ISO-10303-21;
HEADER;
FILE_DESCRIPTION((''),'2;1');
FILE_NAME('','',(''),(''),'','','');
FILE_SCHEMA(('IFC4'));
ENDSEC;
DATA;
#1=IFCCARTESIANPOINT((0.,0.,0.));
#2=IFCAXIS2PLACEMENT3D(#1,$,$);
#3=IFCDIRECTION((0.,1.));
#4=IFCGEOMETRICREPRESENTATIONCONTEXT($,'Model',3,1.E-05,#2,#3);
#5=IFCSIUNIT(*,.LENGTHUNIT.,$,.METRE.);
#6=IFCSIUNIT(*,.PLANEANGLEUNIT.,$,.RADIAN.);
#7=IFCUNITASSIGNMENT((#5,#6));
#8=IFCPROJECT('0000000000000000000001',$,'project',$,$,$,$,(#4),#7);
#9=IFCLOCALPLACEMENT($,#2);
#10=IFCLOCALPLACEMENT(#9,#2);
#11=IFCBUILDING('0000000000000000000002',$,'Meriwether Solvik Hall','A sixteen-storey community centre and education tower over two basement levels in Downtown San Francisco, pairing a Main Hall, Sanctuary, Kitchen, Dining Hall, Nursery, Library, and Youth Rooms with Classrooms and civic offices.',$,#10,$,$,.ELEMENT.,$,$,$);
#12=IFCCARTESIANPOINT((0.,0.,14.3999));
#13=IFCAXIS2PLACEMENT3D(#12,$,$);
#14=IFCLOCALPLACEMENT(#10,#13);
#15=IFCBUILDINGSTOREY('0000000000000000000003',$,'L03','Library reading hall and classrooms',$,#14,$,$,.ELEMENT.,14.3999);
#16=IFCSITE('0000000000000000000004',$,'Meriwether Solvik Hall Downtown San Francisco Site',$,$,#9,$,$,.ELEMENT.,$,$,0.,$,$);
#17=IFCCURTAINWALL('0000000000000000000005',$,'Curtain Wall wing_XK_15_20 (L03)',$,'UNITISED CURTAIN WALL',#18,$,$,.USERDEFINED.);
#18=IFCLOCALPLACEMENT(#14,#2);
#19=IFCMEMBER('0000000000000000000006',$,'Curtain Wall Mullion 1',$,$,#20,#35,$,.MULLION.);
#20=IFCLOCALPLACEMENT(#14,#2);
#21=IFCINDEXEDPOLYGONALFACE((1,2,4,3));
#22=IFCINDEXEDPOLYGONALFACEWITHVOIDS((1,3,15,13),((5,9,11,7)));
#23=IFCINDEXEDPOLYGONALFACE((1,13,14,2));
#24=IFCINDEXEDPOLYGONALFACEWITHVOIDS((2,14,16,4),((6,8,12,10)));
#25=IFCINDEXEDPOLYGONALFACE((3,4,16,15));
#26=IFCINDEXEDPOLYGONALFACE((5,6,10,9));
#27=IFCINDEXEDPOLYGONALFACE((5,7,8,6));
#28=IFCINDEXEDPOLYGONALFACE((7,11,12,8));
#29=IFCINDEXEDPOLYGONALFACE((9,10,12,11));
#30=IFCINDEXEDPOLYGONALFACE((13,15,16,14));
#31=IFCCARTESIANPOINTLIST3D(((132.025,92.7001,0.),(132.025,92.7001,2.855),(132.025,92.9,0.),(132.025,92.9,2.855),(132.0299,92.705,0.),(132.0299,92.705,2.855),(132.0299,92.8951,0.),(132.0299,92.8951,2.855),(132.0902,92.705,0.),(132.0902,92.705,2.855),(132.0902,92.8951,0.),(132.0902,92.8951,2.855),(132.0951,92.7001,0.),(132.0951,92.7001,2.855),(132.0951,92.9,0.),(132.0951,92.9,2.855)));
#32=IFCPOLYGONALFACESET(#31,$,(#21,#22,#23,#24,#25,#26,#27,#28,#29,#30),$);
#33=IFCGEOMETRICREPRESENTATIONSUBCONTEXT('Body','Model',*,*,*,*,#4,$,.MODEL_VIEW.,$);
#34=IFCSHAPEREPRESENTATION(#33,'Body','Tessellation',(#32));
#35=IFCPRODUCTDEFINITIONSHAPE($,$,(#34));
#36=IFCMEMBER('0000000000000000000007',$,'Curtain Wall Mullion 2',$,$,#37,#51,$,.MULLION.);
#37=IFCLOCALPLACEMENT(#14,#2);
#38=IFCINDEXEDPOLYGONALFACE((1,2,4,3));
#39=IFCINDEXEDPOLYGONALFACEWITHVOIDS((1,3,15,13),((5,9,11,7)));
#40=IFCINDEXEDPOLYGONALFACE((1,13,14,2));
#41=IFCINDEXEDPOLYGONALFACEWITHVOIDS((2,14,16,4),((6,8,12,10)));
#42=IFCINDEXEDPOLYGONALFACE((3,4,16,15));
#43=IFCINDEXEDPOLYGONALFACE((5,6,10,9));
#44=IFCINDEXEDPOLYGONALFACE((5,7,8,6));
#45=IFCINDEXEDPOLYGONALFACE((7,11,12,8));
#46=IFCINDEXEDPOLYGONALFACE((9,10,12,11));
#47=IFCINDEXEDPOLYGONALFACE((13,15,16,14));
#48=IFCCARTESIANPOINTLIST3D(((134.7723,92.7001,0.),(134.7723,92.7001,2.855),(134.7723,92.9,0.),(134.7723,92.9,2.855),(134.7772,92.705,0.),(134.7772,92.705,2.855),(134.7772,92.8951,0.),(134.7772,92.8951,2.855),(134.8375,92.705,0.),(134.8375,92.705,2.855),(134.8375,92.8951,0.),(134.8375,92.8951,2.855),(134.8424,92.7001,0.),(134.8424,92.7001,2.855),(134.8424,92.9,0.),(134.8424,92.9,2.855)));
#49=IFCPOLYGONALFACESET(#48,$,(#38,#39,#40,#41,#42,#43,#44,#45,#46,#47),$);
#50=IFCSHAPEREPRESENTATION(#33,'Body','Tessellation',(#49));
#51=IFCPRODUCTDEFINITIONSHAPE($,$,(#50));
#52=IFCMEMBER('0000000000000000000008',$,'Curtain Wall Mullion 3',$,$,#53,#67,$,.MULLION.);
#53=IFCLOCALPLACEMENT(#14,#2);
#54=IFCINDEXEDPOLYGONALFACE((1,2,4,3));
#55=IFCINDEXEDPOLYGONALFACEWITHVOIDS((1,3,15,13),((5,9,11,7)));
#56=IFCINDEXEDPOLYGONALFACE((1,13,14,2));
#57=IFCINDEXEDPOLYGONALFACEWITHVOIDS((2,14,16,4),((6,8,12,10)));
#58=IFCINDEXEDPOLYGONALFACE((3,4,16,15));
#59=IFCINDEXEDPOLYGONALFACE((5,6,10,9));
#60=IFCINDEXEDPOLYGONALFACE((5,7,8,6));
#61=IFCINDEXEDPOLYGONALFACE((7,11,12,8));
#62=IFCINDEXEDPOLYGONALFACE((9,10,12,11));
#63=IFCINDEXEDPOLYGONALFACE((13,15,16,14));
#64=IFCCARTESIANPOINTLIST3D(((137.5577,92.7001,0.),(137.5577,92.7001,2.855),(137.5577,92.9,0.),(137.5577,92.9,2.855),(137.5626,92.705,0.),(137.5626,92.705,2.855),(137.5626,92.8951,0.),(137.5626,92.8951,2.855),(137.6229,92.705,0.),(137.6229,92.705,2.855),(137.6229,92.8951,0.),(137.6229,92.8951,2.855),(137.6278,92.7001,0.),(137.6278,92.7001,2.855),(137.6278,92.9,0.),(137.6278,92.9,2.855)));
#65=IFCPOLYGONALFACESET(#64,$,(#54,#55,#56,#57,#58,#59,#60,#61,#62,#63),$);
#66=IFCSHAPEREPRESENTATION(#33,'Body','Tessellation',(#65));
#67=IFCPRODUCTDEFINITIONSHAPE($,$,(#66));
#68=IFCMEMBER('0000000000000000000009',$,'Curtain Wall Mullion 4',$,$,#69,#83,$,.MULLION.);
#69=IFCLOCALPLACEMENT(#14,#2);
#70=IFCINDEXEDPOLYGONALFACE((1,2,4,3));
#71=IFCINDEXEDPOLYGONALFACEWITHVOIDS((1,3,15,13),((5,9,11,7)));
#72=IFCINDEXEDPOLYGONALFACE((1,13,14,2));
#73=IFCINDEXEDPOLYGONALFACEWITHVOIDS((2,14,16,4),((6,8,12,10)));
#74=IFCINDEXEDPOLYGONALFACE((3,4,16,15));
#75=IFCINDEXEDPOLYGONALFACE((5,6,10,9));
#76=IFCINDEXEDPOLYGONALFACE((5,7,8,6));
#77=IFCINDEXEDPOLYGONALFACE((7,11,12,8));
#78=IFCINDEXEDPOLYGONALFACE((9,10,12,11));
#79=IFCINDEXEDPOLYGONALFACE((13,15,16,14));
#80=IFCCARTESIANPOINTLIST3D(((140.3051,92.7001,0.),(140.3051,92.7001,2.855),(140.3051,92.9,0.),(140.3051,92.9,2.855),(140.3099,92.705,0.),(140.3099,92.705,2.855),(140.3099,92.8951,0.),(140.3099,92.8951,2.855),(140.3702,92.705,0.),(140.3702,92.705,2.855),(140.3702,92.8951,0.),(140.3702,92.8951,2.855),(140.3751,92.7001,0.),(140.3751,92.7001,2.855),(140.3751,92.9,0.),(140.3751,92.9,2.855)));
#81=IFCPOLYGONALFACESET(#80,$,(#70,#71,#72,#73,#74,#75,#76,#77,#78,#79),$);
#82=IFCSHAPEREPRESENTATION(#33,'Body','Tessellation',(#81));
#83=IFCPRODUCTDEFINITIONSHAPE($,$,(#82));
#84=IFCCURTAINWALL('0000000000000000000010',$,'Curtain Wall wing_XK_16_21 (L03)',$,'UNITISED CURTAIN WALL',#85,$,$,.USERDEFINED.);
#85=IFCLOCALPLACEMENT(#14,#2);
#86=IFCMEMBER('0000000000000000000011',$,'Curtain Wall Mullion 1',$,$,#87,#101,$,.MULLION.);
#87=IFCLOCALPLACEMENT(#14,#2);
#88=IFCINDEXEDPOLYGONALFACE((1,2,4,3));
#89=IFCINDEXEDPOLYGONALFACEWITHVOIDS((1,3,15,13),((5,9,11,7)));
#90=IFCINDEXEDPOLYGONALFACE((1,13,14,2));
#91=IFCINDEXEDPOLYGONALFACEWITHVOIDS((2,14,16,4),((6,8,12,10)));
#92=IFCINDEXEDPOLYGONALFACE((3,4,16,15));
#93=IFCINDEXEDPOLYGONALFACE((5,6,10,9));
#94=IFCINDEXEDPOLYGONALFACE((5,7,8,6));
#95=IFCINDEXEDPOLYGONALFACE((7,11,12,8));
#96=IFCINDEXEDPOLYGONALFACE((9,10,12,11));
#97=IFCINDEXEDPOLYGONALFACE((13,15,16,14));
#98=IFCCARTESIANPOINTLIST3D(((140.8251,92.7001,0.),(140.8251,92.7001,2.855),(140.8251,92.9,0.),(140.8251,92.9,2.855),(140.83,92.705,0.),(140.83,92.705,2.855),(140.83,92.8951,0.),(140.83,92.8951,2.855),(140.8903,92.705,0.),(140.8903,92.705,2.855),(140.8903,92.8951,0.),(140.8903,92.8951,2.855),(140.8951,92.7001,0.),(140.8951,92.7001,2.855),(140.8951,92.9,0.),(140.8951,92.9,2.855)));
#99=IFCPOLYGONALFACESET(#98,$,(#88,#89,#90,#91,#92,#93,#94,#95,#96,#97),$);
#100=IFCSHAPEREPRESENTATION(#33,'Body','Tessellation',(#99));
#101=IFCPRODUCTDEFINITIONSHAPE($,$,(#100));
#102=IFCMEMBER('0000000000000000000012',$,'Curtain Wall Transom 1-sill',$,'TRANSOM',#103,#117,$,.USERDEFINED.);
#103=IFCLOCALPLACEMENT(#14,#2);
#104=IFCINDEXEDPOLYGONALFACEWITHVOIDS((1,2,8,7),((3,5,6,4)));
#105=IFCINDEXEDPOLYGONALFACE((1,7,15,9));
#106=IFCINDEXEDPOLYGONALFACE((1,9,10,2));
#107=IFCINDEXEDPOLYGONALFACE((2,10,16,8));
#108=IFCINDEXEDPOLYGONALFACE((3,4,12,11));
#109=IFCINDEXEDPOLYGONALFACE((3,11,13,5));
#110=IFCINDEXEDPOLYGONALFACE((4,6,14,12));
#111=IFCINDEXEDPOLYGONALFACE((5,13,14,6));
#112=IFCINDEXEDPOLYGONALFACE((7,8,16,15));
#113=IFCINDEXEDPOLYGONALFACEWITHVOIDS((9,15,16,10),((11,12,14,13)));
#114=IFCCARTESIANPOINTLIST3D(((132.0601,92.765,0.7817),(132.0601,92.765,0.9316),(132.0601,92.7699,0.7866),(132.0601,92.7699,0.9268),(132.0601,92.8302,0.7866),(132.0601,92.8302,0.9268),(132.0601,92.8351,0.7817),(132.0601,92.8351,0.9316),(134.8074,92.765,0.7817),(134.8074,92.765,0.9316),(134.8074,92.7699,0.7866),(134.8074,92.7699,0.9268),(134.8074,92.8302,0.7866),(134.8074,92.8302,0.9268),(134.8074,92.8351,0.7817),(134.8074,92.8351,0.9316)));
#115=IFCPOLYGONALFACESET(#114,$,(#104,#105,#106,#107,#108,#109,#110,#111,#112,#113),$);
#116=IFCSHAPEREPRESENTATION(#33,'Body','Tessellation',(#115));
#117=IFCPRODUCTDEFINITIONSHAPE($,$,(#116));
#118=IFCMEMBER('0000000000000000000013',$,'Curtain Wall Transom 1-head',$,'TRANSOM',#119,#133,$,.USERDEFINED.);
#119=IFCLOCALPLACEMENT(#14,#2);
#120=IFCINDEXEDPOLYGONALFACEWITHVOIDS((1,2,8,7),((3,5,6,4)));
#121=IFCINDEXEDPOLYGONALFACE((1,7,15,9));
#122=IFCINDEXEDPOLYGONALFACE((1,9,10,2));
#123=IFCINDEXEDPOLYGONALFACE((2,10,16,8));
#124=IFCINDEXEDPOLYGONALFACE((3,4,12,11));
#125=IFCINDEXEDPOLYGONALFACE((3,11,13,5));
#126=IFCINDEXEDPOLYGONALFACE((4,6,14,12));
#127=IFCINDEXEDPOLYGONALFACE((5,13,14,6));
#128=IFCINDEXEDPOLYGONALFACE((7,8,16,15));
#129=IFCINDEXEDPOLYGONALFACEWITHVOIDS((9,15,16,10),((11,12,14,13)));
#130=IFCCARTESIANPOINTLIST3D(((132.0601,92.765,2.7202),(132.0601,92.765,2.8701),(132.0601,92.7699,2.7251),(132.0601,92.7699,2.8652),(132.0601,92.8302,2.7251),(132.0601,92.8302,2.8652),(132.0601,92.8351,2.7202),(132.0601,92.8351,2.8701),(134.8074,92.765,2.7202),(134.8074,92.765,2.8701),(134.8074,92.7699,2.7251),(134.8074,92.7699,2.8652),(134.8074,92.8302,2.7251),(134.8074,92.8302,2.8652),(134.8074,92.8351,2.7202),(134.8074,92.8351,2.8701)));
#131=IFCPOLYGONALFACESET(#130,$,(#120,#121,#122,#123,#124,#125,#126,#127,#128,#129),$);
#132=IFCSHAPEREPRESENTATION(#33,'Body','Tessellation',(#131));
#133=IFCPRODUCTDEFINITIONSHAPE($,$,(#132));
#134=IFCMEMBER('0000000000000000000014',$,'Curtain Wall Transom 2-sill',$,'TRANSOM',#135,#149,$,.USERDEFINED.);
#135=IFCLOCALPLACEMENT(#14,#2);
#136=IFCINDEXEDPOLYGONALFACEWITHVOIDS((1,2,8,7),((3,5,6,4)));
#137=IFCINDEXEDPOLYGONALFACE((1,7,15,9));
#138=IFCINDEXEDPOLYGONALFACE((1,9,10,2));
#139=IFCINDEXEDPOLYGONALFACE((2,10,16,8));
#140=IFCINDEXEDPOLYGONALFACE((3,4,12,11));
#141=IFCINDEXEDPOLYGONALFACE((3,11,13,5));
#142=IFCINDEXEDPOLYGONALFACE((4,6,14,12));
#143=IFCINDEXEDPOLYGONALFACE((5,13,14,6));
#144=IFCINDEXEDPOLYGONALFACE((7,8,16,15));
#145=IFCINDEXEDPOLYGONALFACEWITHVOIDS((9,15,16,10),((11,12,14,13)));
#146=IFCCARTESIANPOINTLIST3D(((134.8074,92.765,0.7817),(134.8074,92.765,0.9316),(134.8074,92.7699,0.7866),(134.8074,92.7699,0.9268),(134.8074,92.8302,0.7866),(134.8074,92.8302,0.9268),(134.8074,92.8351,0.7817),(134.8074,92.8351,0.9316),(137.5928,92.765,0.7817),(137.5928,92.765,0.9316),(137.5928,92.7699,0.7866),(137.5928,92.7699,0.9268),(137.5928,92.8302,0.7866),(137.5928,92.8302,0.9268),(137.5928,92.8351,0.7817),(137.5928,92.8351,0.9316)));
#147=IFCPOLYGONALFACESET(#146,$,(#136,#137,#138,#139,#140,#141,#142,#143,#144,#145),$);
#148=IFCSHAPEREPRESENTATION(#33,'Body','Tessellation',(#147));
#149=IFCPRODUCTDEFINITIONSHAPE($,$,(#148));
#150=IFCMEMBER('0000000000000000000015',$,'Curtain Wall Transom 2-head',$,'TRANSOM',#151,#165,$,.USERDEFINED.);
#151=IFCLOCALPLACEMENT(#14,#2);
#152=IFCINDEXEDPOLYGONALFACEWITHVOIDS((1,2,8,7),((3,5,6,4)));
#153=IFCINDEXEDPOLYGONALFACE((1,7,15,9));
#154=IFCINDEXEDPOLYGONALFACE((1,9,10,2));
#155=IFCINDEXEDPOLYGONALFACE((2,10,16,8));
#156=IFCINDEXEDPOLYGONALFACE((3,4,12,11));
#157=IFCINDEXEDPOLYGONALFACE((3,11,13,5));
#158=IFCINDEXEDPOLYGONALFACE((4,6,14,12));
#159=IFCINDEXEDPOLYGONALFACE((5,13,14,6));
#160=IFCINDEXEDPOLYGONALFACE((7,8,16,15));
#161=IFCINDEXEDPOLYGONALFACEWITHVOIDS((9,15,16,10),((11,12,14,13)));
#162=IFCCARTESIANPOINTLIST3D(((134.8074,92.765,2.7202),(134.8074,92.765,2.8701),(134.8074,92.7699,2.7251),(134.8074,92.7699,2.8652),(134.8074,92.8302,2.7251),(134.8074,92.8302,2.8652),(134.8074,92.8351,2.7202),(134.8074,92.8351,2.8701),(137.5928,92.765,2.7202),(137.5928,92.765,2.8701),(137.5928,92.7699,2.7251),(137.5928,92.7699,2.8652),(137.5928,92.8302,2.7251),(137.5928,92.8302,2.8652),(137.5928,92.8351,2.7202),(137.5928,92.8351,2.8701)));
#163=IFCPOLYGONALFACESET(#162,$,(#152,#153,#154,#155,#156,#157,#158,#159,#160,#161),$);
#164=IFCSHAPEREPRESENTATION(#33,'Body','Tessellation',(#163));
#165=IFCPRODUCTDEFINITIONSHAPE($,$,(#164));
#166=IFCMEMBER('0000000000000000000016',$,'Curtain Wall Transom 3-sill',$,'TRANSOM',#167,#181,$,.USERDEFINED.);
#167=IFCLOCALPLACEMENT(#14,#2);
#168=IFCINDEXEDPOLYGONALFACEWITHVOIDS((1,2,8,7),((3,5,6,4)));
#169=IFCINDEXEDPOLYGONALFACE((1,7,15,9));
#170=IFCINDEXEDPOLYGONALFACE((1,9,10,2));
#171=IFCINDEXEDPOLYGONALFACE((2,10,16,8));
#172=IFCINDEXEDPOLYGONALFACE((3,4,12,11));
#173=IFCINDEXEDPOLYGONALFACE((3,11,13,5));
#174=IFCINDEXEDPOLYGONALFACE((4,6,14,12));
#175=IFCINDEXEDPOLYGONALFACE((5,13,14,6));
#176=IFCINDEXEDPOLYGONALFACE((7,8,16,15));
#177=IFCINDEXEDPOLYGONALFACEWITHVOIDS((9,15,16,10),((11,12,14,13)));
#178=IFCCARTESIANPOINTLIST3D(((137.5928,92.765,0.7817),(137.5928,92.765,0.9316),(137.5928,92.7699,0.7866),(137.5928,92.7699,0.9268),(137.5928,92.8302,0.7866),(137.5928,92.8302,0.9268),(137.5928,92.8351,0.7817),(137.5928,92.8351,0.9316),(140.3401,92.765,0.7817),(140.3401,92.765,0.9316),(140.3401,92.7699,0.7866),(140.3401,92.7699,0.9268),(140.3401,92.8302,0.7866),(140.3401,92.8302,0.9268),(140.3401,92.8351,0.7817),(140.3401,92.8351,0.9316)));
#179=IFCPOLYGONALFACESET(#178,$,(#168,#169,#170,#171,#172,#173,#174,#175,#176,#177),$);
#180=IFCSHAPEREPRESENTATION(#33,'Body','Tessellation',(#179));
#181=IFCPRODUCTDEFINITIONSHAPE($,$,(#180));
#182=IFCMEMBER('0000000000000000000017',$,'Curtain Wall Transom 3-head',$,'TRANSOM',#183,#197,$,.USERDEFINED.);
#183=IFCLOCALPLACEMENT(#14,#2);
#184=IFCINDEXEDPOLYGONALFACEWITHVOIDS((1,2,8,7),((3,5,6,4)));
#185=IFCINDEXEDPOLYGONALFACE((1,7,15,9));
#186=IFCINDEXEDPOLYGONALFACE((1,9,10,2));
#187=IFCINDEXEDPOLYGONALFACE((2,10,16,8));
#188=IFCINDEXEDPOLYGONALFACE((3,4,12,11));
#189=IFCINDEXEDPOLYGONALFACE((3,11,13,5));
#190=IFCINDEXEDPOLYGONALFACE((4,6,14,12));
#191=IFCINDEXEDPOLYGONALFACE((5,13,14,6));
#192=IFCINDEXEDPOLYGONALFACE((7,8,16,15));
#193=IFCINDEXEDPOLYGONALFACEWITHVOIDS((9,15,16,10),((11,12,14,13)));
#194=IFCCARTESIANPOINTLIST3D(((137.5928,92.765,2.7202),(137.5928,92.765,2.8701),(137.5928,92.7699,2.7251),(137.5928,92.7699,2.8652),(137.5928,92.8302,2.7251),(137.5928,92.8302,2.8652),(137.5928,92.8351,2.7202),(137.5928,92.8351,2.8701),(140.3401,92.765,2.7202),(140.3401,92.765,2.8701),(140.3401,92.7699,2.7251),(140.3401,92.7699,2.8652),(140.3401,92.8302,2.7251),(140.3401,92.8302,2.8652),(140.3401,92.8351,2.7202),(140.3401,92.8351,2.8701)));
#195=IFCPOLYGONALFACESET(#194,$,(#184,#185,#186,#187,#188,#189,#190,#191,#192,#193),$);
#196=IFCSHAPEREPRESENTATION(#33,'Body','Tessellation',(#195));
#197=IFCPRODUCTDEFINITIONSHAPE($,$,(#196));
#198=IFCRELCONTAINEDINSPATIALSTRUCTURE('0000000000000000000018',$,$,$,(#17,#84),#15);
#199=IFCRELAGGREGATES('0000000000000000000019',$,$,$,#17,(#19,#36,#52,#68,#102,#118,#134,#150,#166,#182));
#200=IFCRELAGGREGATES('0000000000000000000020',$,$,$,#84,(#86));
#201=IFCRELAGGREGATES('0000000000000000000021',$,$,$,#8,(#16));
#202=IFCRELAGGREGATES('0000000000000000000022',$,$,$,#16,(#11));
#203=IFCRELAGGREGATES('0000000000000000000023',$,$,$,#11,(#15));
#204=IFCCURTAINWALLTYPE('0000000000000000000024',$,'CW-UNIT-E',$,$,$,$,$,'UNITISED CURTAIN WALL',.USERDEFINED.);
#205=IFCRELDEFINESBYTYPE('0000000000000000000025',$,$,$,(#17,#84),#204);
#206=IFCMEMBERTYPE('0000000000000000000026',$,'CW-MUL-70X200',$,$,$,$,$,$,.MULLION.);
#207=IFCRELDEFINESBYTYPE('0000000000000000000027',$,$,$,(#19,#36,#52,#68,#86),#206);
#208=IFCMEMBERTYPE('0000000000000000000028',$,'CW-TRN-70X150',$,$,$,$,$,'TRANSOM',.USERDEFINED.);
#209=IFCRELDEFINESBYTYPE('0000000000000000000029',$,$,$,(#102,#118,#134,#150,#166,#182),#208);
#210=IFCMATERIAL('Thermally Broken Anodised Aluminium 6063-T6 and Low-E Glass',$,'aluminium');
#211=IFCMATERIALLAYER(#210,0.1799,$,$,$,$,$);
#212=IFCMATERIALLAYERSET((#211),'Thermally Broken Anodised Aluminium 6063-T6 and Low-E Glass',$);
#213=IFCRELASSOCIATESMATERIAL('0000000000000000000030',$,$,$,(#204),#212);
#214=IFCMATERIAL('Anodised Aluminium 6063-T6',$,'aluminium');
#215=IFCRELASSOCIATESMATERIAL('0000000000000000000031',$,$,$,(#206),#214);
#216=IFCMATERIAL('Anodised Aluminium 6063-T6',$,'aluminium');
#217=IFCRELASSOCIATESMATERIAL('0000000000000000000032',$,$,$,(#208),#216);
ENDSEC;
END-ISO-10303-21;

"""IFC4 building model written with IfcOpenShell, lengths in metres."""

from ifc_helpers import new_model, si_unit, direction, frame, origin, origin_2d, place, context, subcontext, project, spatial, hollow_rectangle, extrude, material, layer, layer_set, material_profile, profile_set, type_object, element, aggregate, save


model = new_model("IFC4")

# Units and contexts
model_context = context("Model", 3, precision=1e-05, world=origin(), true_north=direction((0.0, 1.0)))
body_context = subcontext(model_context, "Body", "Model", "MODEL_VIEW")
ifc_project = project(units=[si_unit("LENGTHUNIT", "METRE"), si_unit("PLANEANGLEUNIT", "RADIAN")], contexts=[model_context])

# Site, building, storey
site_placement = place(None, origin())
site = spatial("IfcSite", under=ifc_project, at=site_placement, Name="Meriwether Solvik Hall Downtown San Francisco Site", CompositionType="ELEMENT", RefElevation=0.0)
building_placement = place(site_placement, origin())
building = spatial("IfcBuilding", under=site, at=building_placement, Name="Meriwether Solvik Hall", Description="A sixteen-storey community centre and education tower over two basement levels in Downtown San Francisco, pairing a Main Hall, Sanctuary, Kitchen, Dining Hall, Nursery, Library, and Youth Rooms with Classrooms and civic offices.", CompositionType="ELEMENT")
storey_placement = place(building_placement, frame((0.0, 0.0, 14.3999)))
storey = spatial("IfcBuildingStorey", under=building, at=storey_placement, Name="L03", Description="Library reading hall and classrooms", CompositionType="ELEMENT", Elevation=14.3999)

# Curtain wall, members
ifc_material_1 = material(Name="Thermally Broken Anodised Aluminium 6063-T6 and Low-E Glass", Category="aluminium")
ifc_layer_1 = layer(ifc_material_1, 0.1799)
ifc_layer_set_1 = layer_set([ifc_layer_1], Name="Thermally Broken Anodised Aluminium 6063-T6 and Low-E Glass")
curtain_wall_type = type_object("IfcCurtainWallType", Name="CW-UNIT-E", ElementType="UNITISED CURTAIN WALL", PredefinedType="USERDEFINED", material=ifc_layer_set_1)
curtain_wall_1_placement = place(storey_placement, origin())
curtain_wall_1 = element("IfcCurtainWall", 1, at=curtain_wall_1_placement, inside=storey, type_object=curtain_wall_type, Name="Curtain Wall wing_XK_15_20 (L03)", ObjectType="UNITISED CURTAIN WALL", PredefinedType="USERDEFINED")
ifc_material_2 = material(Name="Anodised Aluminium 6063-T6", Category="aluminium")
ifc_material_profile_1 = material_profile(ifc_material_2, hollow_rectangle(XDim=0.0701, YDim=0.2, WallThickness=0.0049, at=origin_2d()), Name="CWM-70X200")
ifc_profile_set_1 = profile_set([ifc_material_profile_1], Name="Anodised Aluminium 6063-T6")
member_type_1 = type_object("IfcMemberType", Name="CW-MUL-70X200", PredefinedType="MULLION", material=ifc_profile_set_1)
member_1_placement = place(storey_placement, frame((132.0601, 92.8, 0.0), z_axis=(0.0, 0.0, 1.0), x_axis=(1.0, 0.0, 0.0)))
member_1 = element("IfcMember", 2, at=member_1_placement, type_object=member_type_1, Name="Curtain Wall Mullion 1", PredefinedType="MULLION", context=body_context, shape_type="SweptSolid", body=[
    extrude(hollow_rectangle(XDim=0.0701, YDim=0.2, WallThickness=0.0049, at=origin_2d()), origin(), (0.0, 0.0, 1.0), 2.855),
])
member_2_placement = place(storey_placement, frame((134.8074, 92.8, 0.0), z_axis=(0.0, 0.0, 1.0), x_axis=(1.0, 0.0, 0.0)))
member_2 = element("IfcMember", 3, at=member_2_placement, type_object=member_type_1, Name="Curtain Wall Mullion 2", PredefinedType="MULLION", context=body_context, shape_type="SweptSolid", body=[
    extrude(hollow_rectangle(XDim=0.0701, YDim=0.2, WallThickness=0.0049, at=origin_2d()), origin(), (0.0, 0.0, 1.0), 2.855),
])
member_3_placement = place(storey_placement, frame((137.5928, 92.8, 0.0), z_axis=(0.0, 0.0, 1.0), x_axis=(1.0, 0.0, 0.0)))
member_3 = element("IfcMember", 4, at=member_3_placement, type_object=member_type_1, Name="Curtain Wall Mullion 3", PredefinedType="MULLION", context=body_context, shape_type="SweptSolid", body=[
    extrude(hollow_rectangle(XDim=0.0701, YDim=0.2, WallThickness=0.0049, at=origin_2d()), origin(), (0.0, 0.0, 1.0), 2.855),
])
member_4_placement = place(storey_placement, frame((140.3401, 92.8, 0.0), z_axis=(0.0, 0.0, 1.0), x_axis=(1.0, 0.0, 0.0)))
member_4 = element("IfcMember", 5, at=member_4_placement, type_object=member_type_1, Name="Curtain Wall Mullion 4", PredefinedType="MULLION", context=body_context, shape_type="SweptSolid", body=[
    extrude(hollow_rectangle(XDim=0.0701, YDim=0.2, WallThickness=0.0049, at=origin_2d()), origin(), (0.0, 0.0, 1.0), 2.855),
])

# Curtain wall, member
curtain_wall_2_placement = place(storey_placement, origin())
curtain_wall_2 = element("IfcCurtainWall", 6, at=curtain_wall_2_placement, inside=storey, type_object=curtain_wall_type, Name="Curtain Wall wing_XK_16_21 (L03)", ObjectType="UNITISED CURTAIN WALL", PredefinedType="USERDEFINED")
member_5_placement = place(storey_placement, frame((140.8601, 92.8, 0.0), z_axis=(0.0, 0.0, 1.0), x_axis=(1.0, 0.0, 0.0)))
member_5 = element("IfcMember", 7, at=member_5_placement, type_object=member_type_1, Name="Curtain Wall Mullion 1", PredefinedType="MULLION", context=body_context, shape_type="SweptSolid", body=[
    extrude(hollow_rectangle(XDim=0.0701, YDim=0.2, WallThickness=0.0049, at=origin_2d()), origin(), (0.0, 0.0, 1.0), 2.855),
])

# Members
ifc_material_3 = material(Name="Anodised Aluminium 6063-T6", Category="aluminium")
ifc_material_profile_2 = material_profile(ifc_material_3, hollow_rectangle(XDim=0.0701, YDim=0.1499, WallThickness=0.0049, at=origin_2d()), Name="CWT-70X150")
ifc_profile_set_2 = profile_set([ifc_material_profile_2], Name="Anodised Aluminium 6063-T6")
member_type_2 = type_object("IfcMemberType", Name="CW-TRN-70X150", ElementType="TRANSOM", PredefinedType="USERDEFINED", material=ifc_profile_set_2)
member_6_placement = place(storey_placement, frame((132.0601, 92.8, 0.8567), z_axis=(1.0, 0.0, 0.0), x_axis=(0.0, 1.0, 0.0)))
member_6 = element("IfcMember", 8, at=member_6_placement, type_object=member_type_2, Name="Curtain Wall Transom 1-sill", ObjectType="TRANSOM", PredefinedType="USERDEFINED", context=body_context, shape_type="SweptSolid", body=[
    extrude(hollow_rectangle(XDim=0.0701, YDim=0.1499, WallThickness=0.0049, at=origin_2d()), origin(), (0.0, 0.0, 1.0), 2.7473),
])
member_7_placement = place(storey_placement, frame((132.0601, 92.8, 2.7952), z_axis=(1.0, 0.0, 0.0), x_axis=(0.0, 1.0, 0.0)))
member_7 = element("IfcMember", 9, at=member_7_placement, type_object=member_type_2, Name="Curtain Wall Transom 1-head", ObjectType="TRANSOM", PredefinedType="USERDEFINED", context=body_context, shape_type="SweptSolid", body=[
    extrude(hollow_rectangle(XDim=0.0701, YDim=0.1499, WallThickness=0.0049, at=origin_2d()), origin(), (0.0, 0.0, 1.0), 2.7473),
])
member_8_placement = place(storey_placement, frame((134.8074, 92.8, 0.8567), z_axis=(1.0, 0.0, 0.0), x_axis=(0.0, 1.0, 0.0)))
member_8 = element("IfcMember", 10, at=member_8_placement, type_object=member_type_2, Name="Curtain Wall Transom 2-sill", ObjectType="TRANSOM", PredefinedType="USERDEFINED", context=body_context, shape_type="SweptSolid", body=[
    extrude(hollow_rectangle(XDim=0.0701, YDim=0.1499, WallThickness=0.0049, at=origin_2d()), origin(), (0.0, 0.0, 1.0), 2.7854),
])
member_9_placement = place(storey_placement, frame((134.8074, 92.8, 2.7952), z_axis=(1.0, 0.0, 0.0), x_axis=(0.0, 1.0, 0.0)))
member_9 = element("IfcMember", 11, at=member_9_placement, type_object=member_type_2, Name="Curtain Wall Transom 2-head", ObjectType="TRANSOM", PredefinedType="USERDEFINED", context=body_context, shape_type="SweptSolid", body=[
    extrude(hollow_rectangle(XDim=0.0701, YDim=0.1499, WallThickness=0.0049, at=origin_2d()), origin(), (0.0, 0.0, 1.0), 2.7854),
])
member_10_placement = place(storey_placement, frame((137.5928, 92.8, 0.8567), z_axis=(1.0, 0.0, 0.0), x_axis=(0.0, 1.0, 0.0)))
member_10 = element("IfcMember", 12, at=member_10_placement, type_object=member_type_2, Name="Curtain Wall Transom 3-sill", ObjectType="TRANSOM", PredefinedType="USERDEFINED", context=body_context, shape_type="SweptSolid", body=[
    extrude(hollow_rectangle(XDim=0.0701, YDim=0.1499, WallThickness=0.0049, at=origin_2d()), origin(), (0.0, 0.0, 1.0), 2.7473),
])
member_11_placement = place(storey_placement, frame((137.5928, 92.8, 2.7952), z_axis=(1.0, 0.0, 0.0), x_axis=(0.0, 1.0, 0.0)))
member_11 = element("IfcMember", 13, at=member_11_placement, type_object=member_type_2, Name="Curtain Wall Transom 3-head", ObjectType="TRANSOM", PredefinedType="USERDEFINED", context=body_context, shape_type="SweptSolid", body=[
    extrude(hollow_rectangle(XDim=0.0701, YDim=0.1499, WallThickness=0.0049, at=origin_2d()), origin(), (0.0, 0.0, 1.0), 2.7473),
])

aggregate(curtain_wall_1, [member_1, member_2, member_3, member_4, member_6, member_7, member_8, member_9, member_10, member_11])
aggregate(curtain_wall_2, [member_5])

save(model, "model.ifc")
